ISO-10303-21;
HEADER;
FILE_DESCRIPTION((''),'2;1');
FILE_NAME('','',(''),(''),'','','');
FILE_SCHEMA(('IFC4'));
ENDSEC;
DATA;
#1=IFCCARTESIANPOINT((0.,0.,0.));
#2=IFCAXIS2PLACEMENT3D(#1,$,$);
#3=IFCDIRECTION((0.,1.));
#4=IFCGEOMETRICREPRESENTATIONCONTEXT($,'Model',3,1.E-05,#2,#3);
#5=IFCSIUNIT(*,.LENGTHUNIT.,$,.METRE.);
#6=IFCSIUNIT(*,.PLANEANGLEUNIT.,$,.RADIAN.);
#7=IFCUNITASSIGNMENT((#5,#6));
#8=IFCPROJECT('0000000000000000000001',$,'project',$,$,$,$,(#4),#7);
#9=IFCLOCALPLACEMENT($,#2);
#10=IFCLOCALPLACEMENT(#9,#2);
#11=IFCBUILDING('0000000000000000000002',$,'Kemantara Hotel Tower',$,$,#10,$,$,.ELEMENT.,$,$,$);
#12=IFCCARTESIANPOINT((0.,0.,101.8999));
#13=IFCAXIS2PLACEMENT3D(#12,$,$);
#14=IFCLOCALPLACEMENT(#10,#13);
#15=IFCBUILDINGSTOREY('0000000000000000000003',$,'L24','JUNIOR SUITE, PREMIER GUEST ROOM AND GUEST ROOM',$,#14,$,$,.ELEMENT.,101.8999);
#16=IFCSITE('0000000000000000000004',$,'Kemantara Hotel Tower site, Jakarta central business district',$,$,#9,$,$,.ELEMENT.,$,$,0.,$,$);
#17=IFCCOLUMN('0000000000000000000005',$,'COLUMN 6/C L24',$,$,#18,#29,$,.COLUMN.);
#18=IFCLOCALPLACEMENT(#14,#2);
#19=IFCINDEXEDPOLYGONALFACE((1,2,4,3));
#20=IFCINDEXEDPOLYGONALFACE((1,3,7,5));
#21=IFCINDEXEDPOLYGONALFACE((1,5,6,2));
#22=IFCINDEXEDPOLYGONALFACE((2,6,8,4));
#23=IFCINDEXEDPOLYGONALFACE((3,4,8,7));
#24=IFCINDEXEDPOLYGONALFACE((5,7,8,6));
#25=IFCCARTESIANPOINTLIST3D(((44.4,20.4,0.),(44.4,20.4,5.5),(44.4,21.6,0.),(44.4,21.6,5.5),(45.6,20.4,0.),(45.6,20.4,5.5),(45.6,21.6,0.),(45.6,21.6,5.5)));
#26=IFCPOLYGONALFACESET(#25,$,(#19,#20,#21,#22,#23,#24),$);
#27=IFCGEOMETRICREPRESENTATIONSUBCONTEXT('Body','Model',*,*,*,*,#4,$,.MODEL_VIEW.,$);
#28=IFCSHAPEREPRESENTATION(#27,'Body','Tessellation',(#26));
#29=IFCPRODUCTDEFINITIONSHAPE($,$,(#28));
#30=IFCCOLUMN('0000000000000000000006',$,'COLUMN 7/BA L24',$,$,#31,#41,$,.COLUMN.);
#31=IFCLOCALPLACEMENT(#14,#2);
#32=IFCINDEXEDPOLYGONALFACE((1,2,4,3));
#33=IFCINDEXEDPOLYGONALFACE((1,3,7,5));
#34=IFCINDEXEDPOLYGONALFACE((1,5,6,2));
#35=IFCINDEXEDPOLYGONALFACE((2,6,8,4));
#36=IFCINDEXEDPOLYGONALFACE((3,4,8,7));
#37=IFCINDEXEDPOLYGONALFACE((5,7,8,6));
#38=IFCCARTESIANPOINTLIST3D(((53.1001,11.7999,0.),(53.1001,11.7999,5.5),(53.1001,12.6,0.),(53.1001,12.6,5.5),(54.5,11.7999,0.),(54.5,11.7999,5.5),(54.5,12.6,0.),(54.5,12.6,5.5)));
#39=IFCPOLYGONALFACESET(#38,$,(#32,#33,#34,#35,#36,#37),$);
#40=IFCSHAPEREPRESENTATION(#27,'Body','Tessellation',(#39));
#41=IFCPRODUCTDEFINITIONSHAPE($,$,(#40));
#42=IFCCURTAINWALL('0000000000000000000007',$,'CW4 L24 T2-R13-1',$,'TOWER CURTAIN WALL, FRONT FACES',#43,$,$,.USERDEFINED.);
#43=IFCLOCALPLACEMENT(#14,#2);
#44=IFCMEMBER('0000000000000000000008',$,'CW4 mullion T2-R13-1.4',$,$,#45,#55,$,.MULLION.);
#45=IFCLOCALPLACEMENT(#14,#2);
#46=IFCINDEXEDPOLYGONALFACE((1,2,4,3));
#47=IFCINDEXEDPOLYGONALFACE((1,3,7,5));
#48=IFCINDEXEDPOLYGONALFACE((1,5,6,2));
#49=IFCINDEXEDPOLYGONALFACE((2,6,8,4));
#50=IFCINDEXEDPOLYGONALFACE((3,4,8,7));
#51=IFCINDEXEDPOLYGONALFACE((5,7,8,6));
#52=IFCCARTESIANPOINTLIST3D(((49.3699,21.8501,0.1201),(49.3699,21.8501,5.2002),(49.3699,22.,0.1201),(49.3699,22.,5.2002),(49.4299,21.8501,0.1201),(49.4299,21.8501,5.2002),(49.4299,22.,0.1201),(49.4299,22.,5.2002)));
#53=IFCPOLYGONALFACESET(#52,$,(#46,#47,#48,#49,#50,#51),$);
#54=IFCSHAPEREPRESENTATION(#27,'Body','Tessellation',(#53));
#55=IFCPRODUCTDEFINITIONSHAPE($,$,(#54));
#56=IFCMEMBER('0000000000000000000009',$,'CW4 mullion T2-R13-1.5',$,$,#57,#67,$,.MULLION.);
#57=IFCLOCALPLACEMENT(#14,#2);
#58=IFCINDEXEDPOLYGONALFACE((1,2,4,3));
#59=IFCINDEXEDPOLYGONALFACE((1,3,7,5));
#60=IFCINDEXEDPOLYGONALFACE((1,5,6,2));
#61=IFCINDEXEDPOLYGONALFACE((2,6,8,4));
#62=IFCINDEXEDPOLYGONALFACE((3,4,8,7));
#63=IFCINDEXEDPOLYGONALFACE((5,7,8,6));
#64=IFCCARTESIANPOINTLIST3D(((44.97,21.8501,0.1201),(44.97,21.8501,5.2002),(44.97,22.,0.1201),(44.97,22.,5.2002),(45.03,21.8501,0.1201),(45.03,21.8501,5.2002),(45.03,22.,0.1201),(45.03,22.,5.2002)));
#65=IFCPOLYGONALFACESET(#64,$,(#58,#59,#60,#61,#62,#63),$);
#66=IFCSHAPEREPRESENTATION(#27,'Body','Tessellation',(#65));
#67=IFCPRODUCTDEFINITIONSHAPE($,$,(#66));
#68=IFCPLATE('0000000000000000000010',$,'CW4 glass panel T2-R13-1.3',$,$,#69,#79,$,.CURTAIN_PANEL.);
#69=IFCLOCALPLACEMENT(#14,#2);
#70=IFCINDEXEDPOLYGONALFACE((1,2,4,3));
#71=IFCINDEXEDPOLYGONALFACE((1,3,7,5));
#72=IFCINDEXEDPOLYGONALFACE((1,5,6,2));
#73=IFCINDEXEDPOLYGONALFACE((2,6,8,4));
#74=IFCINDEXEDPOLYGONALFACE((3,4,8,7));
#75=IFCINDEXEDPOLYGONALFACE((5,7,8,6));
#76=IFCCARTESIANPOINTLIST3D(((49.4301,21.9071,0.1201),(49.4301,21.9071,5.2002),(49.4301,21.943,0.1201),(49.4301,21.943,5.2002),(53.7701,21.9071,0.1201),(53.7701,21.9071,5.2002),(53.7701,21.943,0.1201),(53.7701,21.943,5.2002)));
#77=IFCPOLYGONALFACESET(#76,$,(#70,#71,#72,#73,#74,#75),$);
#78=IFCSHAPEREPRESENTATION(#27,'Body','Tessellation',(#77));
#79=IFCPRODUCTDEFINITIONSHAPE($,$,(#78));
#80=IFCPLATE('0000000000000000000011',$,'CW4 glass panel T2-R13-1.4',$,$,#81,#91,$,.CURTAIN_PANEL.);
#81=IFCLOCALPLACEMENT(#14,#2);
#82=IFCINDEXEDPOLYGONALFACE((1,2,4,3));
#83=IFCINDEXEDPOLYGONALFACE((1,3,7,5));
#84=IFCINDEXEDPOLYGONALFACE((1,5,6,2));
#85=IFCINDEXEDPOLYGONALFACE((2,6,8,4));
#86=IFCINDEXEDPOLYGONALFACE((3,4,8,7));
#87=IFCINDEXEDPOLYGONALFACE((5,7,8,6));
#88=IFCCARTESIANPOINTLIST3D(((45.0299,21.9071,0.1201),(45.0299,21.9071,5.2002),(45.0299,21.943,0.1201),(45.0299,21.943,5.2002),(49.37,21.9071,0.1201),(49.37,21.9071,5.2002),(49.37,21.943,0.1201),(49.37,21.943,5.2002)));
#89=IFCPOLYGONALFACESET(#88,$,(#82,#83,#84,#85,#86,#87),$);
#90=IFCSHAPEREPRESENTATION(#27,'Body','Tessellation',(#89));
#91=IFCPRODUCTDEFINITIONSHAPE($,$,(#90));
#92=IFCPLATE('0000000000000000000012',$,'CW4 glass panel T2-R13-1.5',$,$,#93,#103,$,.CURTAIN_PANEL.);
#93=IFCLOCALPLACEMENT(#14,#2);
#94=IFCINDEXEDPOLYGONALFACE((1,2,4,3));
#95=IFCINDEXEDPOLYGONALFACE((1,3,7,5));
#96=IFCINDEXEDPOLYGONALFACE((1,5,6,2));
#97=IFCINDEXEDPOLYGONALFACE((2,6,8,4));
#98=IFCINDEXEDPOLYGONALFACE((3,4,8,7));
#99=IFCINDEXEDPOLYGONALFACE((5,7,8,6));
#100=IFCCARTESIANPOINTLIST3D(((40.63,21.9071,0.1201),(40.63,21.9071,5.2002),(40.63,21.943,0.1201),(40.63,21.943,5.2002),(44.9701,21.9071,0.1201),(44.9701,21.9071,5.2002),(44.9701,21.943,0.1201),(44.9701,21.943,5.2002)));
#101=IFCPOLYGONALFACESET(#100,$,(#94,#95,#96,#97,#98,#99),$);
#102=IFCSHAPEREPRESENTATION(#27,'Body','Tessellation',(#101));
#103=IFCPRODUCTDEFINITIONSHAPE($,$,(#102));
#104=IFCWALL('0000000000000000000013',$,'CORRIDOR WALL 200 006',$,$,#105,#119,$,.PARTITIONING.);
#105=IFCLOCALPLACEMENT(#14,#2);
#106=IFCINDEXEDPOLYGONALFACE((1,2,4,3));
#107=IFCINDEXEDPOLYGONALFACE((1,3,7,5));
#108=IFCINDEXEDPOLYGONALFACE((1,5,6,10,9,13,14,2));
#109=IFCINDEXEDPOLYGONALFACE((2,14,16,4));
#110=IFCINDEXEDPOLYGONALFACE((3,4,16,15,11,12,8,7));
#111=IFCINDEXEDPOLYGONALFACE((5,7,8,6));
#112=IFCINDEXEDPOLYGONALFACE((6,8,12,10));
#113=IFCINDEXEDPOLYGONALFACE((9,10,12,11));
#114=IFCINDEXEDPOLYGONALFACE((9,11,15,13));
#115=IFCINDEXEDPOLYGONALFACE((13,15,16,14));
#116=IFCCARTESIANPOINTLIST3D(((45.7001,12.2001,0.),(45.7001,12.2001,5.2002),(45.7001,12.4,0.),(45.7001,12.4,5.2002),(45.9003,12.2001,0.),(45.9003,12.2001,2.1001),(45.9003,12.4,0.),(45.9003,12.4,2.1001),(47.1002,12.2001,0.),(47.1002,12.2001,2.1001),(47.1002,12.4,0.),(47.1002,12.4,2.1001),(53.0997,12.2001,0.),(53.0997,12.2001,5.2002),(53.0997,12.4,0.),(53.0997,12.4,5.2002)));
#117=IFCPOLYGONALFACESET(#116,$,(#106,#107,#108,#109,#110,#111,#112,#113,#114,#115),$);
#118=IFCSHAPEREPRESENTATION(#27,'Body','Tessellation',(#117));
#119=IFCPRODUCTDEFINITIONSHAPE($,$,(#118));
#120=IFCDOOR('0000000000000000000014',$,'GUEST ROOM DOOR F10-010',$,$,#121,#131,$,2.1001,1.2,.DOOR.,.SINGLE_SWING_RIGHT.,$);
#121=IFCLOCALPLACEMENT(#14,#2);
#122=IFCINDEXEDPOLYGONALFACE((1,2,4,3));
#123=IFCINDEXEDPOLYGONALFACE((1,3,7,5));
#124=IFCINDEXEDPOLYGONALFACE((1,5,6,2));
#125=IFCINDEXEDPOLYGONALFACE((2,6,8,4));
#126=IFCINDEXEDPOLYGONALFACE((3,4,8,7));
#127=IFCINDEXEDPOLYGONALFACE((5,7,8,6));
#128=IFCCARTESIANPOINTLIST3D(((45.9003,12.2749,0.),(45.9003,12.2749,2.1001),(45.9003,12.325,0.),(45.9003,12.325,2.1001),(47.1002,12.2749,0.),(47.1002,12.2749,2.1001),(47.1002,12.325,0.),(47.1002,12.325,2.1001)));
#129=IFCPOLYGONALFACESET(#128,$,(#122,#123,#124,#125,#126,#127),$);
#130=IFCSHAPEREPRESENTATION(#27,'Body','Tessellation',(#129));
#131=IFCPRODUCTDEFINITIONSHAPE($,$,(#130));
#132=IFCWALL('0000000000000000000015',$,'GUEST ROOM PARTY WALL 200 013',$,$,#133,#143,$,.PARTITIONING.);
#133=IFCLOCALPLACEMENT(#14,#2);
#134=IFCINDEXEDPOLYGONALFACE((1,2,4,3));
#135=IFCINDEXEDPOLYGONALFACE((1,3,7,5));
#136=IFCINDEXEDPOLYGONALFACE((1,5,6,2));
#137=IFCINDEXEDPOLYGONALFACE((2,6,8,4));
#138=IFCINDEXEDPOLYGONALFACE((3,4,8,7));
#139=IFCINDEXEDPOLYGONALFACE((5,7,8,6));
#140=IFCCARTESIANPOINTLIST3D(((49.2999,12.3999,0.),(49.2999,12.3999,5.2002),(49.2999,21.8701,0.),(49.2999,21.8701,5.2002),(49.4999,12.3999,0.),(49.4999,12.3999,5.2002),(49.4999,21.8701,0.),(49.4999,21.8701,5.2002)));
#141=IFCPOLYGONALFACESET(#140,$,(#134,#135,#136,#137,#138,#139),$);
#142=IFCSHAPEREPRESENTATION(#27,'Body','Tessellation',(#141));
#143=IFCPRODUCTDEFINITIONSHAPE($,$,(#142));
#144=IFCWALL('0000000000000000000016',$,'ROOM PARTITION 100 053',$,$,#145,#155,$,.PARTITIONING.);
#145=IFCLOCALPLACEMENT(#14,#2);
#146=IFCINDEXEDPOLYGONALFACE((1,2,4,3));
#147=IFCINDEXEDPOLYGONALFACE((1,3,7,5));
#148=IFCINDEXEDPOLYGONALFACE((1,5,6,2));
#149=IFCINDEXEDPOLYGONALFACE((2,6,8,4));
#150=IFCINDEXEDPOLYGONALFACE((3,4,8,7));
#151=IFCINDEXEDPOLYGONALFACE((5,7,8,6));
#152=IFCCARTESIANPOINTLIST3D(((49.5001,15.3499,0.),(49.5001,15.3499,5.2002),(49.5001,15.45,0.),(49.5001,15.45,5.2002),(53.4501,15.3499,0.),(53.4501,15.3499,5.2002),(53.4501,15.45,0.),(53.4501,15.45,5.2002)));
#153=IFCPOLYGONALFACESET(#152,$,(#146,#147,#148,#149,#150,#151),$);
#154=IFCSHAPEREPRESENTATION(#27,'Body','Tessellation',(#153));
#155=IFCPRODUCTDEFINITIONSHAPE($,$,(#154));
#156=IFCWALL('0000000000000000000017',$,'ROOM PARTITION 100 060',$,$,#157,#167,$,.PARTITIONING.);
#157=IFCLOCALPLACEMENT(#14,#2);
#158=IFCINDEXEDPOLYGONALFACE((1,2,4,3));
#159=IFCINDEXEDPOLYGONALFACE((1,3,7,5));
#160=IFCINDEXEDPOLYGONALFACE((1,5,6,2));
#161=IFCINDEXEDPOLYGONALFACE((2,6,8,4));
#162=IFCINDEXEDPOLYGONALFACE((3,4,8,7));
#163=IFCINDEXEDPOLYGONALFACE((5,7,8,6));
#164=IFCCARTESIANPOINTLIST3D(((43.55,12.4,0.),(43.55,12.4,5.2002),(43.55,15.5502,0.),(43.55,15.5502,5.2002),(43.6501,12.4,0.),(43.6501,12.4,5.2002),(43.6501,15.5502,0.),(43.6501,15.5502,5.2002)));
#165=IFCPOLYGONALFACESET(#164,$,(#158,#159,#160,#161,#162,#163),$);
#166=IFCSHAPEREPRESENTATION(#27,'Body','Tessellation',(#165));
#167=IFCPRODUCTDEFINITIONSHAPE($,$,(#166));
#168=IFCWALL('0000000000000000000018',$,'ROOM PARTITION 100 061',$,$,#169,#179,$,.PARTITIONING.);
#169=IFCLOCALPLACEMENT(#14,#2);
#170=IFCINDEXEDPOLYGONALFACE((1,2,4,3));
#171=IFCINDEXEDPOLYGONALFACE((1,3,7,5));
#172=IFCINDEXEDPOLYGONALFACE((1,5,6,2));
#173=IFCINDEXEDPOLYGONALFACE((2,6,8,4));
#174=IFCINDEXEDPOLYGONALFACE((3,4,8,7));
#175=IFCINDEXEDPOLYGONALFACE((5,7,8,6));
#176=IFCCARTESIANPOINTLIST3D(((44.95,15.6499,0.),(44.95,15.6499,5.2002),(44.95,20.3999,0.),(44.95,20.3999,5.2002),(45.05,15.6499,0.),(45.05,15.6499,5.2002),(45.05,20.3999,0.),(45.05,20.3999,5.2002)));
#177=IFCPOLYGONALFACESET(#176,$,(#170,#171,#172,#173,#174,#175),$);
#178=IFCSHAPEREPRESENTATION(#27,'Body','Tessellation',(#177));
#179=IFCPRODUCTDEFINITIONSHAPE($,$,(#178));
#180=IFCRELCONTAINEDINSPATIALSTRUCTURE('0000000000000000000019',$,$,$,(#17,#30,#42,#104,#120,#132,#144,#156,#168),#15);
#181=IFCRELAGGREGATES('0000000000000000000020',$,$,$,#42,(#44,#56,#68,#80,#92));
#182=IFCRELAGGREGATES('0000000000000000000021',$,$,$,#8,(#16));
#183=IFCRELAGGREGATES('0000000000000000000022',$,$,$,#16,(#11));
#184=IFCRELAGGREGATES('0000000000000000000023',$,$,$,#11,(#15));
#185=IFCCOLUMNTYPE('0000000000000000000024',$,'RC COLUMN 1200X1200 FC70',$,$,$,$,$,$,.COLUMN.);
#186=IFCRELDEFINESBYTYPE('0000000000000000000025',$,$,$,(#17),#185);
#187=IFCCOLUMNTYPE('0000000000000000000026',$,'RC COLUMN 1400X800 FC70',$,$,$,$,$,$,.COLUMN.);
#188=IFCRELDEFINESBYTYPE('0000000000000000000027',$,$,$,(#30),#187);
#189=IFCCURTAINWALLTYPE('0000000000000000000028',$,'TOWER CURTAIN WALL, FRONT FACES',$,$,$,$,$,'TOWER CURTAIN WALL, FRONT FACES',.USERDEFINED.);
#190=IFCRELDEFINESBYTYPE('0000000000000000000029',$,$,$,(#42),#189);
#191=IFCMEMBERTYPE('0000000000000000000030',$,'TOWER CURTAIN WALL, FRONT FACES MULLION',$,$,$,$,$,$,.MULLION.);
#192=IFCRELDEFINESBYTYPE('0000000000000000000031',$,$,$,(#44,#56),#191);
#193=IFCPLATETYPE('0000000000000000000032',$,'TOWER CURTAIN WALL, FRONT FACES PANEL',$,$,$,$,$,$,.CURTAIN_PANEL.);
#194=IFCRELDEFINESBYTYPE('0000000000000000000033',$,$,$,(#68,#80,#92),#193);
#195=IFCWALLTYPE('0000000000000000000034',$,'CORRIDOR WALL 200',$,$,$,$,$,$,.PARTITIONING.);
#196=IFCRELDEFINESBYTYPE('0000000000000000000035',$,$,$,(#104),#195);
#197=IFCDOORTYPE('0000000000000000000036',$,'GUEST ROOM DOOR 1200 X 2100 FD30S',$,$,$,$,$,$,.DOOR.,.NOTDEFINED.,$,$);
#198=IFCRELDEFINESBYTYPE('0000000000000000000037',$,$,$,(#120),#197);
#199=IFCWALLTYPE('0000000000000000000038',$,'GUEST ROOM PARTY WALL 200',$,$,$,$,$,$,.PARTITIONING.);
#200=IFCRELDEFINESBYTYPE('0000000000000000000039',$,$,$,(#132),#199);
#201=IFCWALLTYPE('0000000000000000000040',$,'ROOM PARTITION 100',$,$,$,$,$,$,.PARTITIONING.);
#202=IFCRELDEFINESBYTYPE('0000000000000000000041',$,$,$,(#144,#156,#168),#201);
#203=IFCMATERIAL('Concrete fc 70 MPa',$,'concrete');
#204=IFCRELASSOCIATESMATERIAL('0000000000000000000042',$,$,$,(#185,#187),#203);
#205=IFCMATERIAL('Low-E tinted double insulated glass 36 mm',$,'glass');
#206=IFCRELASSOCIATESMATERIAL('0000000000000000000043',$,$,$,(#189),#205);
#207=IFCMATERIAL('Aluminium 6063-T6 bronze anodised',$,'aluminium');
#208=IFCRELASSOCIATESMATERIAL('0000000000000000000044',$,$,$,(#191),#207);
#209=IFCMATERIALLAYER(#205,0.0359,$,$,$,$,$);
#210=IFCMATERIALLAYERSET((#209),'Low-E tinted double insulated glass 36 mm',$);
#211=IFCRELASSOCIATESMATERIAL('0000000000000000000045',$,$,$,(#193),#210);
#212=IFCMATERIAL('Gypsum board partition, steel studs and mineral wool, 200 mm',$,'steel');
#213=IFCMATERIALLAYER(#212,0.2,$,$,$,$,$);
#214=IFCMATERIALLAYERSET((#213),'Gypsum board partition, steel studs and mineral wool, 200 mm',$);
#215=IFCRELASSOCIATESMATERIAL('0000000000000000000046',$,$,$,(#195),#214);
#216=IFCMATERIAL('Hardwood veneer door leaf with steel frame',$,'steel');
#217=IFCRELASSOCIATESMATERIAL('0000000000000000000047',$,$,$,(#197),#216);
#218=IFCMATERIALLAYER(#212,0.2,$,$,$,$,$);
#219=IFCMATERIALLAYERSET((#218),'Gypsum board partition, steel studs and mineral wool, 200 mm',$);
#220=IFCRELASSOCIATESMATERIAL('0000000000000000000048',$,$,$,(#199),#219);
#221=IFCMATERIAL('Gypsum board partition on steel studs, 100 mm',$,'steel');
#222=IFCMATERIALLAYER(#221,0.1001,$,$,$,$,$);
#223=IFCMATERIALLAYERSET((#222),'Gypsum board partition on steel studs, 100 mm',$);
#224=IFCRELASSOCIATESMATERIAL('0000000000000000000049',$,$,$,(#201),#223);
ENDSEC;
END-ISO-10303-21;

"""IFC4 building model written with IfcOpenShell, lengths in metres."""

from ifc_helpers import new_model, si_unit, direction, frame, frame_2d, origin, origin_2d, place, context, subcontext, project, spatial, rectangle, extrude, source, transform, mapped, material, layer, layer_set, material_profile, profile_set, type_object, element, fill, aggregate, save


model = new_model("IFC4")

# Units and contexts
model_context = context("Model", 3, precision=1e-05, world=origin(), true_north=direction((0.0, 1.0)))
body_context = subcontext(model_context, "Body", "Model", "MODEL_VIEW")
ifc_project = project(units=[si_unit("LENGTHUNIT", "METRE"), si_unit("PLANEANGLEUNIT", "RADIAN")], contexts=[model_context])

# Site, building, storey
site_placement = place(None, origin())
site = spatial("IfcSite", under=ifc_project, at=site_placement, Name="Kemantara Hotel Tower site, Jakarta central business district", CompositionType="ELEMENT", RefElevation=0.0)
building_placement = place(site_placement, origin())
building = spatial("IfcBuilding", under=site, at=building_placement, Name="Kemantara Hotel Tower", CompositionType="ELEMENT")
storey_placement = place(building_placement, frame((0.0, 0.0, 101.8999)))
storey = spatial("IfcBuildingStorey", under=building, at=storey_placement, Name="L24", Description="JUNIOR SUITE, PREMIER GUEST ROOM AND GUEST ROOM", CompositionType="ELEMENT", Elevation=101.8999)

# Columns
ifc_material_1 = material(Name="Concrete fc 70 MPa", Category="concrete")
ifc_material_profile_1 = material_profile(ifc_material_1, rectangle(XDim=1.2, YDim=1.2, at=origin_2d()), Name="RC 1200X1200")
ifc_profile_set_1 = profile_set([ifc_material_profile_1], Name="Concrete fc 70 MPa")
column_type_1 = type_object("IfcColumnType", Name="RC COLUMN 1200X1200 FC70", PredefinedType="COLUMN", material=ifc_profile_set_1)
column_1_placement = place(storey_placement, frame((45.0, 21.0, 0.0), z_axis=(0.0, 0.0, 1.0), x_axis=(1.0, 0.0, 0.0)))
element("IfcColumn", 1, at=column_1_placement, inside=storey, type_object=column_type_1, Name="COLUMN 6/C L24", PredefinedType="COLUMN", context=body_context, shape_type="SweptSolid", body=[
    extrude(rectangle(XDim=1.2, YDim=1.2, at=origin_2d()), origin(), (0.0, 0.0, 1.0), 5.5),
])
ifc_material_profile_2 = material_profile(ifc_material_1, rectangle(XDim=1.3999, YDim=0.8, at=origin_2d()), Name="RC 1400X800")
ifc_profile_set_2 = profile_set([ifc_material_profile_2], Name="Concrete fc 70 MPa")
column_type_2 = type_object("IfcColumnType", Name="RC COLUMN 1400X800 FC70", PredefinedType="COLUMN", material=ifc_profile_set_2)
column_2_placement = place(storey_placement, frame((53.8, 12.2, 0.0), z_axis=(0.0, 0.0, 1.0), x_axis=(1.0, 0.0, 0.0)))
element("IfcColumn", 2, at=column_2_placement, inside=storey, type_object=column_type_2, Name="COLUMN 7/BA L24", PredefinedType="COLUMN", context=body_context, shape_type="SweptSolid", body=[
    extrude(rectangle(XDim=1.3999, YDim=0.8, at=origin_2d()), origin(), (0.0, 0.0, 1.0), 5.5),
])

# Curtain wall, members, plates
ifc_material_2 = material(Name="Low-E tinted double insulated glass 36 mm", Category="glass")
curtain_wall_type = type_object("IfcCurtainWallType", Name="TOWER CURTAIN WALL, FRONT FACES", ElementType="TOWER CURTAIN WALL, FRONT FACES", PredefinedType="USERDEFINED", material=ifc_material_2)
curtain_wall_placement = place(storey_placement, origin())
curtain_wall = element("IfcCurtainWall", 3, at=curtain_wall_placement, inside=storey, type_object=curtain_wall_type, Name="CW4 L24 T2-R13-1", ObjectType="TOWER CURTAIN WALL, FRONT FACES", PredefinedType="USERDEFINED")
ifc_material_3 = material(Name="Aluminium 6063-T6 bronze anodised", Category="aluminium")
ifc_material_profile_3 = material_profile(ifc_material_3, rectangle(XDim=0.1499, YDim=0.0601, at=origin_2d()), Name="TOWER CURTAIN WALL, FRONT FACES MULLION")
ifc_profile_set_3 = profile_set([ifc_material_profile_3], Name="Aluminium 6063-T6 bronze anodised")
member_type = type_object("IfcMemberType", Name="TOWER CURTAIN WALL, FRONT FACES MULLION", PredefinedType="MULLION", material=ifc_profile_set_3)
shared_shape_1 = source(origin(), body_context, "Body", "SweptSolid", [
    extrude(rectangle(XDim=0.1499, YDim=0.0601, at=origin_2d()), origin(), (0.0, 0.0, 1.0), 5.0801),
])
member_1_placement = place(storey_placement, frame((49.3999, 21.925, 0.1201), z_axis=(0.0, 0.0, 1.0), x_axis=(0.0, -1.0, 0.0)))
member_1 = element("IfcMember", 4, at=member_1_placement, type_object=member_type, Name="CW4 mullion T2-R13-1.4", PredefinedType="MULLION", context=body_context, shape_type="MappedRepresentation", body=[
    mapped(shared_shape_1, transform((0.0, 0.0, 0.0))),
])
member_2_placement = place(storey_placement, frame((45.0, 21.925, 0.1201), z_axis=(0.0, 0.0, 1.0), x_axis=(0.0, -1.0, 0.0)))
member_2 = element("IfcMember", 5, at=member_2_placement, type_object=member_type, Name="CW4 mullion T2-R13-1.5", PredefinedType="MULLION", context=body_context, shape_type="MappedRepresentation", body=[
    mapped(shared_shape_1, transform((0.0, 0.0, 0.0))),
])
ifc_layer_1 = layer(ifc_material_2, 0.0359)
ifc_layer_set_1 = layer_set([ifc_layer_1], Name="Low-E tinted double insulated glass 36 mm")
plate_type = type_object("IfcPlateType", Name="TOWER CURTAIN WALL, FRONT FACES PANEL", PredefinedType="CURTAIN_PANEL", material=ifc_layer_set_1)
shared_shape_2 = source(origin(), body_context, "Body", "SweptSolid", [
    extrude(rectangle(XDim=4.3401, YDim=0.0359, at=origin_2d()), origin(), (0.0, 0.0, 1.0), 5.0801),
])
plate_1_placement = place(storey_placement, frame((51.6001, 21.925, 0.1201), z_axis=(0.0, 0.0, 1.0), x_axis=(-1.0, 0.0, 0.0)))
plate_1 = element("IfcPlate", 6, at=plate_1_placement, type_object=plate_type, Name="CW4 glass panel T2-R13-1.3", PredefinedType="CURTAIN_PANEL", context=body_context, shape_type="MappedRepresentation", body=[
    mapped(shared_shape_2, transform((0.0, 0.0, 0.0))),
])
plate_2_placement = place(storey_placement, frame((47.2, 21.925, 0.1201), z_axis=(0.0, 0.0, 1.0), x_axis=(-1.0, 0.0, 0.0)))
plate_2 = element("IfcPlate", 7, at=plate_2_placement, type_object=plate_type, Name="CW4 glass panel T2-R13-1.4", PredefinedType="CURTAIN_PANEL", context=body_context, shape_type="MappedRepresentation", body=[
    mapped(shared_shape_2, transform((0.0, 0.0, 0.0))),
])
plate_3_placement = place(storey_placement, frame((42.8, 21.925, 0.1201), z_axis=(0.0, 0.0, 1.0), x_axis=(-1.0, 0.0, 0.0)))
plate_3 = element("IfcPlate", 8, at=plate_3_placement, type_object=plate_type, Name="CW4 glass panel T2-R13-1.5", PredefinedType="CURTAIN_PANEL", context=body_context, shape_type="MappedRepresentation", body=[
    mapped(shared_shape_2, transform((0.0, 0.0, 0.0))),
])
aggregate(curtain_wall, [member_1, member_2, plate_1, plate_2, plate_3])

# Wall, opening, door
ifc_material_4 = material(Name="Gypsum board partition, steel studs and mineral wool, 200 mm", Category="steel")
ifc_layer_2 = layer(ifc_material_4, 0.2)
ifc_layer_set_2 = layer_set([ifc_layer_2], Name="Gypsum board partition, steel studs and mineral wool, 200 mm")
wall_type_1 = type_object("IfcWallType", Name="CORRIDOR WALL 200", PredefinedType="PARTITIONING", material=ifc_layer_set_2)
wall_1_placement = place(storey_placement, frame((45.7002, 12.3, 0.0), z_axis=(0.0, 0.0, 1.0), x_axis=(1.0, 0.0, 0.0)))
wall_1 = element("IfcWall", 9, at=wall_1_placement, inside=storey, type_object=wall_type_1, Name="CORRIDOR WALL 200 006", PredefinedType="PARTITIONING", context=body_context, shape_type="SweptSolid", body=[
    extrude(rectangle(XDim=7.3997, YDim=0.2, at=frame_2d((3.6997, 0.0))), origin(), (0.0, 0.0, 1.0), 5.2002),
])
opening_1_placement = place(wall_1_placement, frame((0.2, 0.0, 0.0)))
opening_1 = element("IfcOpeningElement", 10, at=opening_1_placement, cuts=wall_1, PredefinedType="OPENING", context=body_context, shape_type="SweptSolid", body=[
    extrude(rectangle(XDim=1.2, YDim=2.1001, at=frame_2d((0.6001, 1.05))), frame((0.0, 0.1099, 0.0), z_axis=(0.0, -1.0, 0.0), x_axis=(1.0, 0.0, 0.0)), (0.0, 0.0, 1.0), 0.22),
])
ifc_material_5 = material(Name="Hardwood veneer door leaf with steel frame", Category="steel")
door_type_1 = type_object("IfcDoorType", Name="GUEST ROOM DOOR 1200 X 2100 FD30S", OperationType="NOTDEFINED", PredefinedType="DOOR", material=ifc_material_5)
door_1_placement = place(opening_1_placement, origin())
door_1 = element("IfcDoor", 11, at=door_1_placement, inside=storey, type_object=door_type_1, Name="GUEST ROOM DOOR F10-010", OperationType="SINGLE_SWING_RIGHT", OverallHeight=2.1001, OverallWidth=1.2, PredefinedType="DOOR", context=body_context, shape_type="SweptSolid", body=[
    extrude(rectangle(XDim=1.2, YDim=2.1001, at=frame_2d((0.6001, 1.05))), frame((0.0, 0.0249, 0.0), z_axis=(0.0, -1.0, 0.0), x_axis=(1.0, 0.0, 0.0)), (0.0, 0.0, 1.0), 0.05),
])
fill(opening_1, door_1)

# Walls
ifc_layer_3 = layer(ifc_material_4, 0.2)
ifc_layer_set_3 = layer_set([ifc_layer_3], Name="Gypsum board partition, steel studs and mineral wool, 200 mm")
wall_type_2 = type_object("IfcWallType", Name="GUEST ROOM PARTY WALL 200", PredefinedType="PARTITIONING", material=ifc_layer_set_3)
wall_2_placement = place(storey_placement, frame((49.3999, 12.3999, 0.0), z_axis=(0.0, 0.0, 1.0), x_axis=(0.0, 1.0, 0.0)))
element("IfcWall", 12, at=wall_2_placement, inside=storey, type_object=wall_type_2, Name="GUEST ROOM PARTY WALL 200 013", PredefinedType="PARTITIONING", context=body_context, shape_type="SweptSolid", body=[
    extrude(rectangle(XDim=9.4702, YDim=0.2, at=frame_2d((4.7351, 0.0))), origin(), (0.0, 0.0, 1.0), 5.2002),
])
ifc_material_6 = material(Name="Gypsum board partition on steel studs, 100 mm", Category="steel")
ifc_layer_4 = layer(ifc_material_6, 0.1001)
ifc_layer_set_4 = layer_set([ifc_layer_4], Name="Gypsum board partition on steel studs, 100 mm")
wall_type_3 = type_object("IfcWallType", Name="ROOM PARTITION 100", PredefinedType="PARTITIONING", material=ifc_layer_set_4)
wall_3_placement = place(storey_placement, frame((49.5, 15.3999, 0.0), z_axis=(0.0, 0.0, 1.0), x_axis=(1.0, 0.0, 0.0)))
element("IfcWall", 13, at=wall_3_placement, inside=storey, type_object=wall_type_3, Name="ROOM PARTITION 100 053", PredefinedType="PARTITIONING", context=body_context, shape_type="SweptSolid", body=[
    extrude(rectangle(XDim=3.95, YDim=0.1001, at=frame_2d((1.9751, 0.0))), origin(), (0.0, 0.0, 1.0), 5.2002),
])
wall_4_placement = place(storey_placement, frame((43.6001, 12.3999, 0.0), z_axis=(0.0, 0.0, 1.0), x_axis=(0.0, 1.0, 0.0)))
element("IfcWall", 14, at=wall_4_placement, inside=storey, type_object=wall_type_3, Name="ROOM PARTITION 100 060", PredefinedType="PARTITIONING", context=body_context, shape_type="SweptSolid", body=[
    extrude(rectangle(XDim=3.1501, YDim=0.1001, at=frame_2d((1.5752, 0.0))), origin(), (0.0, 0.0, 1.0), 5.2002),
])
wall_5_placement = place(storey_placement, frame((45.0, 15.6499, 0.0), z_axis=(0.0, 0.0, 1.0), x_axis=(0.0, 1.0, 0.0)))
element("IfcWall", 15, at=wall_5_placement, inside=storey, type_object=wall_type_3, Name="ROOM PARTITION 100 061", PredefinedType="PARTITIONING", context=body_context, shape_type="SweptSolid", body=[
    extrude(rectangle(XDim=4.75, YDim=0.1001, at=frame_2d((2.375, 0.0))), origin(), (0.0, 0.0, 1.0), 5.2002),
])

save(model, "model.ifc")
